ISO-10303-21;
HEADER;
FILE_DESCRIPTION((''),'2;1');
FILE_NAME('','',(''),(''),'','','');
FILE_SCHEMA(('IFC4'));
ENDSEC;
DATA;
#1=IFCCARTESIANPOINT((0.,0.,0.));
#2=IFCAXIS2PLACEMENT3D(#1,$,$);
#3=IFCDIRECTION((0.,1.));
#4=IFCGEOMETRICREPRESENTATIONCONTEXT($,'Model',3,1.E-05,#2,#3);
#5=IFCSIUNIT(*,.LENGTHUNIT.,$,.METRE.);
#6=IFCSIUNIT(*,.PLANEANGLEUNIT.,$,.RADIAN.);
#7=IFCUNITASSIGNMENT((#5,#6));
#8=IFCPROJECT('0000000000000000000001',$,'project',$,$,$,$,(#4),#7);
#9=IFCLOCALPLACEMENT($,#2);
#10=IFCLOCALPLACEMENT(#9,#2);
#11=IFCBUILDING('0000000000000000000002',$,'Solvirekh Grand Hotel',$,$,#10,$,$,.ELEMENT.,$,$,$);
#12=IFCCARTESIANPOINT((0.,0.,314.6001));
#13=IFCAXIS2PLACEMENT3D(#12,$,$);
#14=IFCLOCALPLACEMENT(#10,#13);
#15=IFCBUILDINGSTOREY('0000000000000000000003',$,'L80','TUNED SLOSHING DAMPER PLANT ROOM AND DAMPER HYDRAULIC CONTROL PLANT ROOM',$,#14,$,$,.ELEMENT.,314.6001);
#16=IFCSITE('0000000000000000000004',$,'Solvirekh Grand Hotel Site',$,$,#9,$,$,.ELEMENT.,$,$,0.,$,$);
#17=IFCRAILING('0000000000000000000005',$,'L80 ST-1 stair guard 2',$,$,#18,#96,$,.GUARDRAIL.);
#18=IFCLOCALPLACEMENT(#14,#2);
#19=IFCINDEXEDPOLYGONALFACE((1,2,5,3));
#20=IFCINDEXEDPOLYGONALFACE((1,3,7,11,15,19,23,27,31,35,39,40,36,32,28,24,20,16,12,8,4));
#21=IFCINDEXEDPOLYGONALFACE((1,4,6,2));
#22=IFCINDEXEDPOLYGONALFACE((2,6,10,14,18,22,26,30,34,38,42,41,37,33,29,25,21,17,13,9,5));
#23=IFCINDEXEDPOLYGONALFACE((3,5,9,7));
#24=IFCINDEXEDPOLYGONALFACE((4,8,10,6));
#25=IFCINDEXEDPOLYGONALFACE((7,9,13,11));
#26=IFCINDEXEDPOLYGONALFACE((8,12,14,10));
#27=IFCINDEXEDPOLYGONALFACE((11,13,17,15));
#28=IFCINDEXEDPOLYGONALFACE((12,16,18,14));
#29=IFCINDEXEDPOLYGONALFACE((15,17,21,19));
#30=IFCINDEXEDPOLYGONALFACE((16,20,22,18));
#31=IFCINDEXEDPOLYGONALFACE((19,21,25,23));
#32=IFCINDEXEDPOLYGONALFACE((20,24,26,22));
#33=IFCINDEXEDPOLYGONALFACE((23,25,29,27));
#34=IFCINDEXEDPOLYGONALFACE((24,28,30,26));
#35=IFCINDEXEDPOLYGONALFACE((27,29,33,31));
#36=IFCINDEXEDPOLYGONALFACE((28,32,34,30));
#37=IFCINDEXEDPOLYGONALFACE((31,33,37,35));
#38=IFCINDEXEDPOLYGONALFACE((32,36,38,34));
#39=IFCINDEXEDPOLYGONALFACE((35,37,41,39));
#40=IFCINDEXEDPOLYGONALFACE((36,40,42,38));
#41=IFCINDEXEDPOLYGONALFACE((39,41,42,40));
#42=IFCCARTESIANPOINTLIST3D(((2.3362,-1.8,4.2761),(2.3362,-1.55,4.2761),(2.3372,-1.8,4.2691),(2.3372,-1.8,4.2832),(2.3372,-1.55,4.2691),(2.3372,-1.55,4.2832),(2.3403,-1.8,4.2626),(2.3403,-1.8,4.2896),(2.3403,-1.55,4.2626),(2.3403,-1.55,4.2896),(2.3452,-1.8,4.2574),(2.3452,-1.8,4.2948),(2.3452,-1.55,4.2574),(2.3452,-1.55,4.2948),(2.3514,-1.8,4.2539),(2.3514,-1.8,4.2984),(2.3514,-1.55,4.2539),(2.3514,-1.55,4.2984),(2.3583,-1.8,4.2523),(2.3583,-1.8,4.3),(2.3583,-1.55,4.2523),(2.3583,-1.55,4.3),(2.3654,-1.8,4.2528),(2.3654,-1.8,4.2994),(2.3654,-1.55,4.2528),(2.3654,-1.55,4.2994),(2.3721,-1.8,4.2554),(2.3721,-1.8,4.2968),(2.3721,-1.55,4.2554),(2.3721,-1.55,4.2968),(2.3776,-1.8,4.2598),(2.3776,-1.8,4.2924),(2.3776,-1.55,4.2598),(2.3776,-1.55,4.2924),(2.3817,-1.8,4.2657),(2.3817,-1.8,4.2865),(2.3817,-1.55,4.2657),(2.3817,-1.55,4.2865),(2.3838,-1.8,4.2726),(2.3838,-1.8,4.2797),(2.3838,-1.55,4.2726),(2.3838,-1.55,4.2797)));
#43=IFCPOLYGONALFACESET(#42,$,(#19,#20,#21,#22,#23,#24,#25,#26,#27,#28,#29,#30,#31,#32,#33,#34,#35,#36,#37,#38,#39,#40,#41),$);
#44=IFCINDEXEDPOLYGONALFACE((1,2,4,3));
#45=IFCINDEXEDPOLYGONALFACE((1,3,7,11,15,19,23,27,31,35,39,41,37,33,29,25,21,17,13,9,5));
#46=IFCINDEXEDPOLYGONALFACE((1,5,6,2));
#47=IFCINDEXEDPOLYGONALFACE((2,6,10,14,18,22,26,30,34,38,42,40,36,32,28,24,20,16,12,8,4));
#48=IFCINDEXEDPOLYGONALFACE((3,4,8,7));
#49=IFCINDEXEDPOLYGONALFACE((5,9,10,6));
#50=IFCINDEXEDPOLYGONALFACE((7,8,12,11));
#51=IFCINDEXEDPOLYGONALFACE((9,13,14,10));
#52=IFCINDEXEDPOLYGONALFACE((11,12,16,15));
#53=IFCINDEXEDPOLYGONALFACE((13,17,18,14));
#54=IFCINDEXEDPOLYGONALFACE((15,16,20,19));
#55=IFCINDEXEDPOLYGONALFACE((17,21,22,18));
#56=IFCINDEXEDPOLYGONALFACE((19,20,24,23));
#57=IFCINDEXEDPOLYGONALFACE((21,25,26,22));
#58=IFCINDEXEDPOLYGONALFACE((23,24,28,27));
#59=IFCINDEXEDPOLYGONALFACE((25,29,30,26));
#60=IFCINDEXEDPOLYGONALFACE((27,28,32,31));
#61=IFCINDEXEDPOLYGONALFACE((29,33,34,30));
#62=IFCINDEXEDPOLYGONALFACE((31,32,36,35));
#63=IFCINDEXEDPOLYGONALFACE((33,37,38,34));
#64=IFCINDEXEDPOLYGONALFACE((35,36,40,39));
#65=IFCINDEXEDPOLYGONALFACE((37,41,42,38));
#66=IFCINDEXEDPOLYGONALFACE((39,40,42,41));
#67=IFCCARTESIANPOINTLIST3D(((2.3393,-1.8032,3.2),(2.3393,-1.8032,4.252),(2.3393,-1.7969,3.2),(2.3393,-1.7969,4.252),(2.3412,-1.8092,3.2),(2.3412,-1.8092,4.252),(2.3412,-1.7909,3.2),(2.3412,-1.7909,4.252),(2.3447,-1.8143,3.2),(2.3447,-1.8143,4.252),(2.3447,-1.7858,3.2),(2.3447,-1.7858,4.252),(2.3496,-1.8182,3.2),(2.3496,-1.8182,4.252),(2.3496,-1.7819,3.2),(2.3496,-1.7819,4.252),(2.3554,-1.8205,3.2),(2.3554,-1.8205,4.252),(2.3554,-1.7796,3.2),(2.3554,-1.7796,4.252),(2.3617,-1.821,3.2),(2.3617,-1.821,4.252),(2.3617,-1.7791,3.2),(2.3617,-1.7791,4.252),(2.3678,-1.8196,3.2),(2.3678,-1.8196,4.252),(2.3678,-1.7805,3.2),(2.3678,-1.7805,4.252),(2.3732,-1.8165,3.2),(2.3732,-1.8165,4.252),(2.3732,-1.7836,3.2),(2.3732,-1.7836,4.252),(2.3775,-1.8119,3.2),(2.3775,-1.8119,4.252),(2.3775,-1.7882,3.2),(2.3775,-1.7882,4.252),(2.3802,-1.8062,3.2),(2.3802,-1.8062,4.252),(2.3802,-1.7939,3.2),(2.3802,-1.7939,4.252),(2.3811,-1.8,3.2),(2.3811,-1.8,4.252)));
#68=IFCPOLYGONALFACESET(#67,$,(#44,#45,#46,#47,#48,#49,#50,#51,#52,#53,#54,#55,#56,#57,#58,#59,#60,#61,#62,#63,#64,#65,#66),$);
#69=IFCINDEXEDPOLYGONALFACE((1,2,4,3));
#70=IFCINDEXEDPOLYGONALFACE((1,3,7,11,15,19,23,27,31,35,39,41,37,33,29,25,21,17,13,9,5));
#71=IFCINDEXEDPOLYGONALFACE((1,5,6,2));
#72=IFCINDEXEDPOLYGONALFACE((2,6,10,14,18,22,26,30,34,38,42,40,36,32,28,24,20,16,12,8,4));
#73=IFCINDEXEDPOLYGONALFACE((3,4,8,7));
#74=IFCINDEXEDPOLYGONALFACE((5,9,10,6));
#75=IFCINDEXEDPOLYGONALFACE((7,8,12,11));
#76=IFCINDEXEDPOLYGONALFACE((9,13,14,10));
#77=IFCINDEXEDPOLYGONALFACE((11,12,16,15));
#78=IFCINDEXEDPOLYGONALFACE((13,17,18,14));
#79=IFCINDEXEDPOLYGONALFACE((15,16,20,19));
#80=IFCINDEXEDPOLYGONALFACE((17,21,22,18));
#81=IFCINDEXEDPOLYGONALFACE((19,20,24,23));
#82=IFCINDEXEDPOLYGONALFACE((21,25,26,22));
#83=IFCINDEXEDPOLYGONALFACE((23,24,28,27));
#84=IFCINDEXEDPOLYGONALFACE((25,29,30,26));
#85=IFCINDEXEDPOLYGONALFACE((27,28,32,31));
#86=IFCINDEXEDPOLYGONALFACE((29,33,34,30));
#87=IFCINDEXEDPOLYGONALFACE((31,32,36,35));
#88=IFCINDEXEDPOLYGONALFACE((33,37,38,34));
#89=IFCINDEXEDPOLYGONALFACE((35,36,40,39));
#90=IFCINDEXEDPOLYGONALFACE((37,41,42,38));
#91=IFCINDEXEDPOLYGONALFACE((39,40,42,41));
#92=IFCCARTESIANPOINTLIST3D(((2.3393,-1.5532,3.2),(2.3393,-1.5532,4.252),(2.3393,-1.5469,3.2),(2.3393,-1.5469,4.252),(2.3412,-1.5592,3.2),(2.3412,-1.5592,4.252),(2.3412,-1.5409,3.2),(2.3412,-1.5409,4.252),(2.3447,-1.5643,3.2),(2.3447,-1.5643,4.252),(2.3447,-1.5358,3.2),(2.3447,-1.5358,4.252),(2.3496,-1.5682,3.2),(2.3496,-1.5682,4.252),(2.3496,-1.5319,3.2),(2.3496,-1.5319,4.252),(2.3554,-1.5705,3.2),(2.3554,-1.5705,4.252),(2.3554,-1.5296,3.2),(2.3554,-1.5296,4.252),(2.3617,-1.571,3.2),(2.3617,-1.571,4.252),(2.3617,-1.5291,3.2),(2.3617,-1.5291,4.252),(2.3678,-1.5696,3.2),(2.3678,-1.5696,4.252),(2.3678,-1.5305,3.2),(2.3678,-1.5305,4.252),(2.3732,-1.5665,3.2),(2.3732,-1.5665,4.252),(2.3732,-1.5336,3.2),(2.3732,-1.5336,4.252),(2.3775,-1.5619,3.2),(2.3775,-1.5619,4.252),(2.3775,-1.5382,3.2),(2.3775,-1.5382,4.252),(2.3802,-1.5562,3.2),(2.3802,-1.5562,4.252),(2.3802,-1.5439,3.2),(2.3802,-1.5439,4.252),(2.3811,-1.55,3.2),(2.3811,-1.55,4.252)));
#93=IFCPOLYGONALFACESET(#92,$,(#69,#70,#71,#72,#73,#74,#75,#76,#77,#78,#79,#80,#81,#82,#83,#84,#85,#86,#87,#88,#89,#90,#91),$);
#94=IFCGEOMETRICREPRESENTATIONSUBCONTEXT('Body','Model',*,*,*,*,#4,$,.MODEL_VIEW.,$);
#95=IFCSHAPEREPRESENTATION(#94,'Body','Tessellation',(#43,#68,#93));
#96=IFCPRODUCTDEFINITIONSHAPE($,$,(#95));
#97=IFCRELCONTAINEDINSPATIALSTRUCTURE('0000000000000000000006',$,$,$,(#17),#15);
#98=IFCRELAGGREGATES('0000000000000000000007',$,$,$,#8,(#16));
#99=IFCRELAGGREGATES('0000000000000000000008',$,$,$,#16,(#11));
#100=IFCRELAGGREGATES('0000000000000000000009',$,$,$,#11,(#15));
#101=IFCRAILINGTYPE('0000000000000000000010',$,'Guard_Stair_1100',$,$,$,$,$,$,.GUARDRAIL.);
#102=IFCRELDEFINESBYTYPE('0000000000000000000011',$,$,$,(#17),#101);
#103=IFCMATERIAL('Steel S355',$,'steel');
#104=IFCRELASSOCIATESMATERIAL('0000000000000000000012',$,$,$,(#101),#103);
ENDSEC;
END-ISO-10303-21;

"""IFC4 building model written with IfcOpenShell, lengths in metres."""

from ifc_helpers import new_model, si_unit, direction, frame, origin, origin_2d, place, context, subcontext, project, spatial, circle, extrude, material, type_object, element, save


model = new_model("IFC4")

# Units and contexts
model_context = context("Model", 3, precision=1e-05, world=origin(), true_north=direction((0.0, 1.0)))
body_context = subcontext(model_context, "Body", "Model", "MODEL_VIEW")
ifc_project = project(units=[si_unit("LENGTHUNIT", "METRE"), si_unit("PLANEANGLEUNIT", "RADIAN")], contexts=[model_context])

# Site, building, storey
site_placement = place(None, origin())
site = spatial("IfcSite", under=ifc_project, at=site_placement, Name="Solvirekh Grand Hotel Site", CompositionType="ELEMENT", RefElevation=0.0)
building_placement = place(site_placement, origin())
building = spatial("IfcBuilding", under=site, at=building_placement, Name="Solvirekh Grand Hotel", CompositionType="ELEMENT")
storey_placement = place(building_placement, frame((0.0, 0.0, 314.6001)))
storey = spatial("IfcBuildingStorey", under=building, at=storey_placement, Name="L80", Description="TUNED SLOSHING DAMPER PLANT ROOM AND DAMPER HYDRAULIC CONTROL PLANT ROOM", CompositionType="ELEMENT", Elevation=314.6001)

# Shared definitions
ifc_material_1 = material(Name="Steel S355", Category="steel")

# Railing
railing_type_1 = type_object("IfcRailingType", Name="Guard_Stair_1100", PredefinedType="GUARDRAIL", material=ifc_material_1)
railing_1_placement = place(storey_placement, frame((2.3601, -1.8, 3.2)))
element("IfcRailing", 1, at=railing_1_placement, inside=storey, type_object=railing_type_1, Name="L80 ST-1 stair guard 2", PredefinedType="GUARDRAIL", context=body_context, shape_type="SweptSolid", body=[
    extrude(circle(Radius=0.0239, at=origin_2d()), frame((0.0, 0.0, 1.0762), z_axis=(0.0, 1.0, 0.0), x_axis=(-1.0, 0.0, 0.0)), (0.0, 0.0, 1.0), 0.25),
    extrude(circle(Radius=0.021, at=origin_2d()), origin(), (0.0, 0.0, 1.0), 1.052),
    extrude(circle(Radius=0.021, at=origin_2d()), frame((0.0, 0.25, 0.0)), (0.0, 0.0, 1.0), 1.052),
])

save(model, "model.ifc")
